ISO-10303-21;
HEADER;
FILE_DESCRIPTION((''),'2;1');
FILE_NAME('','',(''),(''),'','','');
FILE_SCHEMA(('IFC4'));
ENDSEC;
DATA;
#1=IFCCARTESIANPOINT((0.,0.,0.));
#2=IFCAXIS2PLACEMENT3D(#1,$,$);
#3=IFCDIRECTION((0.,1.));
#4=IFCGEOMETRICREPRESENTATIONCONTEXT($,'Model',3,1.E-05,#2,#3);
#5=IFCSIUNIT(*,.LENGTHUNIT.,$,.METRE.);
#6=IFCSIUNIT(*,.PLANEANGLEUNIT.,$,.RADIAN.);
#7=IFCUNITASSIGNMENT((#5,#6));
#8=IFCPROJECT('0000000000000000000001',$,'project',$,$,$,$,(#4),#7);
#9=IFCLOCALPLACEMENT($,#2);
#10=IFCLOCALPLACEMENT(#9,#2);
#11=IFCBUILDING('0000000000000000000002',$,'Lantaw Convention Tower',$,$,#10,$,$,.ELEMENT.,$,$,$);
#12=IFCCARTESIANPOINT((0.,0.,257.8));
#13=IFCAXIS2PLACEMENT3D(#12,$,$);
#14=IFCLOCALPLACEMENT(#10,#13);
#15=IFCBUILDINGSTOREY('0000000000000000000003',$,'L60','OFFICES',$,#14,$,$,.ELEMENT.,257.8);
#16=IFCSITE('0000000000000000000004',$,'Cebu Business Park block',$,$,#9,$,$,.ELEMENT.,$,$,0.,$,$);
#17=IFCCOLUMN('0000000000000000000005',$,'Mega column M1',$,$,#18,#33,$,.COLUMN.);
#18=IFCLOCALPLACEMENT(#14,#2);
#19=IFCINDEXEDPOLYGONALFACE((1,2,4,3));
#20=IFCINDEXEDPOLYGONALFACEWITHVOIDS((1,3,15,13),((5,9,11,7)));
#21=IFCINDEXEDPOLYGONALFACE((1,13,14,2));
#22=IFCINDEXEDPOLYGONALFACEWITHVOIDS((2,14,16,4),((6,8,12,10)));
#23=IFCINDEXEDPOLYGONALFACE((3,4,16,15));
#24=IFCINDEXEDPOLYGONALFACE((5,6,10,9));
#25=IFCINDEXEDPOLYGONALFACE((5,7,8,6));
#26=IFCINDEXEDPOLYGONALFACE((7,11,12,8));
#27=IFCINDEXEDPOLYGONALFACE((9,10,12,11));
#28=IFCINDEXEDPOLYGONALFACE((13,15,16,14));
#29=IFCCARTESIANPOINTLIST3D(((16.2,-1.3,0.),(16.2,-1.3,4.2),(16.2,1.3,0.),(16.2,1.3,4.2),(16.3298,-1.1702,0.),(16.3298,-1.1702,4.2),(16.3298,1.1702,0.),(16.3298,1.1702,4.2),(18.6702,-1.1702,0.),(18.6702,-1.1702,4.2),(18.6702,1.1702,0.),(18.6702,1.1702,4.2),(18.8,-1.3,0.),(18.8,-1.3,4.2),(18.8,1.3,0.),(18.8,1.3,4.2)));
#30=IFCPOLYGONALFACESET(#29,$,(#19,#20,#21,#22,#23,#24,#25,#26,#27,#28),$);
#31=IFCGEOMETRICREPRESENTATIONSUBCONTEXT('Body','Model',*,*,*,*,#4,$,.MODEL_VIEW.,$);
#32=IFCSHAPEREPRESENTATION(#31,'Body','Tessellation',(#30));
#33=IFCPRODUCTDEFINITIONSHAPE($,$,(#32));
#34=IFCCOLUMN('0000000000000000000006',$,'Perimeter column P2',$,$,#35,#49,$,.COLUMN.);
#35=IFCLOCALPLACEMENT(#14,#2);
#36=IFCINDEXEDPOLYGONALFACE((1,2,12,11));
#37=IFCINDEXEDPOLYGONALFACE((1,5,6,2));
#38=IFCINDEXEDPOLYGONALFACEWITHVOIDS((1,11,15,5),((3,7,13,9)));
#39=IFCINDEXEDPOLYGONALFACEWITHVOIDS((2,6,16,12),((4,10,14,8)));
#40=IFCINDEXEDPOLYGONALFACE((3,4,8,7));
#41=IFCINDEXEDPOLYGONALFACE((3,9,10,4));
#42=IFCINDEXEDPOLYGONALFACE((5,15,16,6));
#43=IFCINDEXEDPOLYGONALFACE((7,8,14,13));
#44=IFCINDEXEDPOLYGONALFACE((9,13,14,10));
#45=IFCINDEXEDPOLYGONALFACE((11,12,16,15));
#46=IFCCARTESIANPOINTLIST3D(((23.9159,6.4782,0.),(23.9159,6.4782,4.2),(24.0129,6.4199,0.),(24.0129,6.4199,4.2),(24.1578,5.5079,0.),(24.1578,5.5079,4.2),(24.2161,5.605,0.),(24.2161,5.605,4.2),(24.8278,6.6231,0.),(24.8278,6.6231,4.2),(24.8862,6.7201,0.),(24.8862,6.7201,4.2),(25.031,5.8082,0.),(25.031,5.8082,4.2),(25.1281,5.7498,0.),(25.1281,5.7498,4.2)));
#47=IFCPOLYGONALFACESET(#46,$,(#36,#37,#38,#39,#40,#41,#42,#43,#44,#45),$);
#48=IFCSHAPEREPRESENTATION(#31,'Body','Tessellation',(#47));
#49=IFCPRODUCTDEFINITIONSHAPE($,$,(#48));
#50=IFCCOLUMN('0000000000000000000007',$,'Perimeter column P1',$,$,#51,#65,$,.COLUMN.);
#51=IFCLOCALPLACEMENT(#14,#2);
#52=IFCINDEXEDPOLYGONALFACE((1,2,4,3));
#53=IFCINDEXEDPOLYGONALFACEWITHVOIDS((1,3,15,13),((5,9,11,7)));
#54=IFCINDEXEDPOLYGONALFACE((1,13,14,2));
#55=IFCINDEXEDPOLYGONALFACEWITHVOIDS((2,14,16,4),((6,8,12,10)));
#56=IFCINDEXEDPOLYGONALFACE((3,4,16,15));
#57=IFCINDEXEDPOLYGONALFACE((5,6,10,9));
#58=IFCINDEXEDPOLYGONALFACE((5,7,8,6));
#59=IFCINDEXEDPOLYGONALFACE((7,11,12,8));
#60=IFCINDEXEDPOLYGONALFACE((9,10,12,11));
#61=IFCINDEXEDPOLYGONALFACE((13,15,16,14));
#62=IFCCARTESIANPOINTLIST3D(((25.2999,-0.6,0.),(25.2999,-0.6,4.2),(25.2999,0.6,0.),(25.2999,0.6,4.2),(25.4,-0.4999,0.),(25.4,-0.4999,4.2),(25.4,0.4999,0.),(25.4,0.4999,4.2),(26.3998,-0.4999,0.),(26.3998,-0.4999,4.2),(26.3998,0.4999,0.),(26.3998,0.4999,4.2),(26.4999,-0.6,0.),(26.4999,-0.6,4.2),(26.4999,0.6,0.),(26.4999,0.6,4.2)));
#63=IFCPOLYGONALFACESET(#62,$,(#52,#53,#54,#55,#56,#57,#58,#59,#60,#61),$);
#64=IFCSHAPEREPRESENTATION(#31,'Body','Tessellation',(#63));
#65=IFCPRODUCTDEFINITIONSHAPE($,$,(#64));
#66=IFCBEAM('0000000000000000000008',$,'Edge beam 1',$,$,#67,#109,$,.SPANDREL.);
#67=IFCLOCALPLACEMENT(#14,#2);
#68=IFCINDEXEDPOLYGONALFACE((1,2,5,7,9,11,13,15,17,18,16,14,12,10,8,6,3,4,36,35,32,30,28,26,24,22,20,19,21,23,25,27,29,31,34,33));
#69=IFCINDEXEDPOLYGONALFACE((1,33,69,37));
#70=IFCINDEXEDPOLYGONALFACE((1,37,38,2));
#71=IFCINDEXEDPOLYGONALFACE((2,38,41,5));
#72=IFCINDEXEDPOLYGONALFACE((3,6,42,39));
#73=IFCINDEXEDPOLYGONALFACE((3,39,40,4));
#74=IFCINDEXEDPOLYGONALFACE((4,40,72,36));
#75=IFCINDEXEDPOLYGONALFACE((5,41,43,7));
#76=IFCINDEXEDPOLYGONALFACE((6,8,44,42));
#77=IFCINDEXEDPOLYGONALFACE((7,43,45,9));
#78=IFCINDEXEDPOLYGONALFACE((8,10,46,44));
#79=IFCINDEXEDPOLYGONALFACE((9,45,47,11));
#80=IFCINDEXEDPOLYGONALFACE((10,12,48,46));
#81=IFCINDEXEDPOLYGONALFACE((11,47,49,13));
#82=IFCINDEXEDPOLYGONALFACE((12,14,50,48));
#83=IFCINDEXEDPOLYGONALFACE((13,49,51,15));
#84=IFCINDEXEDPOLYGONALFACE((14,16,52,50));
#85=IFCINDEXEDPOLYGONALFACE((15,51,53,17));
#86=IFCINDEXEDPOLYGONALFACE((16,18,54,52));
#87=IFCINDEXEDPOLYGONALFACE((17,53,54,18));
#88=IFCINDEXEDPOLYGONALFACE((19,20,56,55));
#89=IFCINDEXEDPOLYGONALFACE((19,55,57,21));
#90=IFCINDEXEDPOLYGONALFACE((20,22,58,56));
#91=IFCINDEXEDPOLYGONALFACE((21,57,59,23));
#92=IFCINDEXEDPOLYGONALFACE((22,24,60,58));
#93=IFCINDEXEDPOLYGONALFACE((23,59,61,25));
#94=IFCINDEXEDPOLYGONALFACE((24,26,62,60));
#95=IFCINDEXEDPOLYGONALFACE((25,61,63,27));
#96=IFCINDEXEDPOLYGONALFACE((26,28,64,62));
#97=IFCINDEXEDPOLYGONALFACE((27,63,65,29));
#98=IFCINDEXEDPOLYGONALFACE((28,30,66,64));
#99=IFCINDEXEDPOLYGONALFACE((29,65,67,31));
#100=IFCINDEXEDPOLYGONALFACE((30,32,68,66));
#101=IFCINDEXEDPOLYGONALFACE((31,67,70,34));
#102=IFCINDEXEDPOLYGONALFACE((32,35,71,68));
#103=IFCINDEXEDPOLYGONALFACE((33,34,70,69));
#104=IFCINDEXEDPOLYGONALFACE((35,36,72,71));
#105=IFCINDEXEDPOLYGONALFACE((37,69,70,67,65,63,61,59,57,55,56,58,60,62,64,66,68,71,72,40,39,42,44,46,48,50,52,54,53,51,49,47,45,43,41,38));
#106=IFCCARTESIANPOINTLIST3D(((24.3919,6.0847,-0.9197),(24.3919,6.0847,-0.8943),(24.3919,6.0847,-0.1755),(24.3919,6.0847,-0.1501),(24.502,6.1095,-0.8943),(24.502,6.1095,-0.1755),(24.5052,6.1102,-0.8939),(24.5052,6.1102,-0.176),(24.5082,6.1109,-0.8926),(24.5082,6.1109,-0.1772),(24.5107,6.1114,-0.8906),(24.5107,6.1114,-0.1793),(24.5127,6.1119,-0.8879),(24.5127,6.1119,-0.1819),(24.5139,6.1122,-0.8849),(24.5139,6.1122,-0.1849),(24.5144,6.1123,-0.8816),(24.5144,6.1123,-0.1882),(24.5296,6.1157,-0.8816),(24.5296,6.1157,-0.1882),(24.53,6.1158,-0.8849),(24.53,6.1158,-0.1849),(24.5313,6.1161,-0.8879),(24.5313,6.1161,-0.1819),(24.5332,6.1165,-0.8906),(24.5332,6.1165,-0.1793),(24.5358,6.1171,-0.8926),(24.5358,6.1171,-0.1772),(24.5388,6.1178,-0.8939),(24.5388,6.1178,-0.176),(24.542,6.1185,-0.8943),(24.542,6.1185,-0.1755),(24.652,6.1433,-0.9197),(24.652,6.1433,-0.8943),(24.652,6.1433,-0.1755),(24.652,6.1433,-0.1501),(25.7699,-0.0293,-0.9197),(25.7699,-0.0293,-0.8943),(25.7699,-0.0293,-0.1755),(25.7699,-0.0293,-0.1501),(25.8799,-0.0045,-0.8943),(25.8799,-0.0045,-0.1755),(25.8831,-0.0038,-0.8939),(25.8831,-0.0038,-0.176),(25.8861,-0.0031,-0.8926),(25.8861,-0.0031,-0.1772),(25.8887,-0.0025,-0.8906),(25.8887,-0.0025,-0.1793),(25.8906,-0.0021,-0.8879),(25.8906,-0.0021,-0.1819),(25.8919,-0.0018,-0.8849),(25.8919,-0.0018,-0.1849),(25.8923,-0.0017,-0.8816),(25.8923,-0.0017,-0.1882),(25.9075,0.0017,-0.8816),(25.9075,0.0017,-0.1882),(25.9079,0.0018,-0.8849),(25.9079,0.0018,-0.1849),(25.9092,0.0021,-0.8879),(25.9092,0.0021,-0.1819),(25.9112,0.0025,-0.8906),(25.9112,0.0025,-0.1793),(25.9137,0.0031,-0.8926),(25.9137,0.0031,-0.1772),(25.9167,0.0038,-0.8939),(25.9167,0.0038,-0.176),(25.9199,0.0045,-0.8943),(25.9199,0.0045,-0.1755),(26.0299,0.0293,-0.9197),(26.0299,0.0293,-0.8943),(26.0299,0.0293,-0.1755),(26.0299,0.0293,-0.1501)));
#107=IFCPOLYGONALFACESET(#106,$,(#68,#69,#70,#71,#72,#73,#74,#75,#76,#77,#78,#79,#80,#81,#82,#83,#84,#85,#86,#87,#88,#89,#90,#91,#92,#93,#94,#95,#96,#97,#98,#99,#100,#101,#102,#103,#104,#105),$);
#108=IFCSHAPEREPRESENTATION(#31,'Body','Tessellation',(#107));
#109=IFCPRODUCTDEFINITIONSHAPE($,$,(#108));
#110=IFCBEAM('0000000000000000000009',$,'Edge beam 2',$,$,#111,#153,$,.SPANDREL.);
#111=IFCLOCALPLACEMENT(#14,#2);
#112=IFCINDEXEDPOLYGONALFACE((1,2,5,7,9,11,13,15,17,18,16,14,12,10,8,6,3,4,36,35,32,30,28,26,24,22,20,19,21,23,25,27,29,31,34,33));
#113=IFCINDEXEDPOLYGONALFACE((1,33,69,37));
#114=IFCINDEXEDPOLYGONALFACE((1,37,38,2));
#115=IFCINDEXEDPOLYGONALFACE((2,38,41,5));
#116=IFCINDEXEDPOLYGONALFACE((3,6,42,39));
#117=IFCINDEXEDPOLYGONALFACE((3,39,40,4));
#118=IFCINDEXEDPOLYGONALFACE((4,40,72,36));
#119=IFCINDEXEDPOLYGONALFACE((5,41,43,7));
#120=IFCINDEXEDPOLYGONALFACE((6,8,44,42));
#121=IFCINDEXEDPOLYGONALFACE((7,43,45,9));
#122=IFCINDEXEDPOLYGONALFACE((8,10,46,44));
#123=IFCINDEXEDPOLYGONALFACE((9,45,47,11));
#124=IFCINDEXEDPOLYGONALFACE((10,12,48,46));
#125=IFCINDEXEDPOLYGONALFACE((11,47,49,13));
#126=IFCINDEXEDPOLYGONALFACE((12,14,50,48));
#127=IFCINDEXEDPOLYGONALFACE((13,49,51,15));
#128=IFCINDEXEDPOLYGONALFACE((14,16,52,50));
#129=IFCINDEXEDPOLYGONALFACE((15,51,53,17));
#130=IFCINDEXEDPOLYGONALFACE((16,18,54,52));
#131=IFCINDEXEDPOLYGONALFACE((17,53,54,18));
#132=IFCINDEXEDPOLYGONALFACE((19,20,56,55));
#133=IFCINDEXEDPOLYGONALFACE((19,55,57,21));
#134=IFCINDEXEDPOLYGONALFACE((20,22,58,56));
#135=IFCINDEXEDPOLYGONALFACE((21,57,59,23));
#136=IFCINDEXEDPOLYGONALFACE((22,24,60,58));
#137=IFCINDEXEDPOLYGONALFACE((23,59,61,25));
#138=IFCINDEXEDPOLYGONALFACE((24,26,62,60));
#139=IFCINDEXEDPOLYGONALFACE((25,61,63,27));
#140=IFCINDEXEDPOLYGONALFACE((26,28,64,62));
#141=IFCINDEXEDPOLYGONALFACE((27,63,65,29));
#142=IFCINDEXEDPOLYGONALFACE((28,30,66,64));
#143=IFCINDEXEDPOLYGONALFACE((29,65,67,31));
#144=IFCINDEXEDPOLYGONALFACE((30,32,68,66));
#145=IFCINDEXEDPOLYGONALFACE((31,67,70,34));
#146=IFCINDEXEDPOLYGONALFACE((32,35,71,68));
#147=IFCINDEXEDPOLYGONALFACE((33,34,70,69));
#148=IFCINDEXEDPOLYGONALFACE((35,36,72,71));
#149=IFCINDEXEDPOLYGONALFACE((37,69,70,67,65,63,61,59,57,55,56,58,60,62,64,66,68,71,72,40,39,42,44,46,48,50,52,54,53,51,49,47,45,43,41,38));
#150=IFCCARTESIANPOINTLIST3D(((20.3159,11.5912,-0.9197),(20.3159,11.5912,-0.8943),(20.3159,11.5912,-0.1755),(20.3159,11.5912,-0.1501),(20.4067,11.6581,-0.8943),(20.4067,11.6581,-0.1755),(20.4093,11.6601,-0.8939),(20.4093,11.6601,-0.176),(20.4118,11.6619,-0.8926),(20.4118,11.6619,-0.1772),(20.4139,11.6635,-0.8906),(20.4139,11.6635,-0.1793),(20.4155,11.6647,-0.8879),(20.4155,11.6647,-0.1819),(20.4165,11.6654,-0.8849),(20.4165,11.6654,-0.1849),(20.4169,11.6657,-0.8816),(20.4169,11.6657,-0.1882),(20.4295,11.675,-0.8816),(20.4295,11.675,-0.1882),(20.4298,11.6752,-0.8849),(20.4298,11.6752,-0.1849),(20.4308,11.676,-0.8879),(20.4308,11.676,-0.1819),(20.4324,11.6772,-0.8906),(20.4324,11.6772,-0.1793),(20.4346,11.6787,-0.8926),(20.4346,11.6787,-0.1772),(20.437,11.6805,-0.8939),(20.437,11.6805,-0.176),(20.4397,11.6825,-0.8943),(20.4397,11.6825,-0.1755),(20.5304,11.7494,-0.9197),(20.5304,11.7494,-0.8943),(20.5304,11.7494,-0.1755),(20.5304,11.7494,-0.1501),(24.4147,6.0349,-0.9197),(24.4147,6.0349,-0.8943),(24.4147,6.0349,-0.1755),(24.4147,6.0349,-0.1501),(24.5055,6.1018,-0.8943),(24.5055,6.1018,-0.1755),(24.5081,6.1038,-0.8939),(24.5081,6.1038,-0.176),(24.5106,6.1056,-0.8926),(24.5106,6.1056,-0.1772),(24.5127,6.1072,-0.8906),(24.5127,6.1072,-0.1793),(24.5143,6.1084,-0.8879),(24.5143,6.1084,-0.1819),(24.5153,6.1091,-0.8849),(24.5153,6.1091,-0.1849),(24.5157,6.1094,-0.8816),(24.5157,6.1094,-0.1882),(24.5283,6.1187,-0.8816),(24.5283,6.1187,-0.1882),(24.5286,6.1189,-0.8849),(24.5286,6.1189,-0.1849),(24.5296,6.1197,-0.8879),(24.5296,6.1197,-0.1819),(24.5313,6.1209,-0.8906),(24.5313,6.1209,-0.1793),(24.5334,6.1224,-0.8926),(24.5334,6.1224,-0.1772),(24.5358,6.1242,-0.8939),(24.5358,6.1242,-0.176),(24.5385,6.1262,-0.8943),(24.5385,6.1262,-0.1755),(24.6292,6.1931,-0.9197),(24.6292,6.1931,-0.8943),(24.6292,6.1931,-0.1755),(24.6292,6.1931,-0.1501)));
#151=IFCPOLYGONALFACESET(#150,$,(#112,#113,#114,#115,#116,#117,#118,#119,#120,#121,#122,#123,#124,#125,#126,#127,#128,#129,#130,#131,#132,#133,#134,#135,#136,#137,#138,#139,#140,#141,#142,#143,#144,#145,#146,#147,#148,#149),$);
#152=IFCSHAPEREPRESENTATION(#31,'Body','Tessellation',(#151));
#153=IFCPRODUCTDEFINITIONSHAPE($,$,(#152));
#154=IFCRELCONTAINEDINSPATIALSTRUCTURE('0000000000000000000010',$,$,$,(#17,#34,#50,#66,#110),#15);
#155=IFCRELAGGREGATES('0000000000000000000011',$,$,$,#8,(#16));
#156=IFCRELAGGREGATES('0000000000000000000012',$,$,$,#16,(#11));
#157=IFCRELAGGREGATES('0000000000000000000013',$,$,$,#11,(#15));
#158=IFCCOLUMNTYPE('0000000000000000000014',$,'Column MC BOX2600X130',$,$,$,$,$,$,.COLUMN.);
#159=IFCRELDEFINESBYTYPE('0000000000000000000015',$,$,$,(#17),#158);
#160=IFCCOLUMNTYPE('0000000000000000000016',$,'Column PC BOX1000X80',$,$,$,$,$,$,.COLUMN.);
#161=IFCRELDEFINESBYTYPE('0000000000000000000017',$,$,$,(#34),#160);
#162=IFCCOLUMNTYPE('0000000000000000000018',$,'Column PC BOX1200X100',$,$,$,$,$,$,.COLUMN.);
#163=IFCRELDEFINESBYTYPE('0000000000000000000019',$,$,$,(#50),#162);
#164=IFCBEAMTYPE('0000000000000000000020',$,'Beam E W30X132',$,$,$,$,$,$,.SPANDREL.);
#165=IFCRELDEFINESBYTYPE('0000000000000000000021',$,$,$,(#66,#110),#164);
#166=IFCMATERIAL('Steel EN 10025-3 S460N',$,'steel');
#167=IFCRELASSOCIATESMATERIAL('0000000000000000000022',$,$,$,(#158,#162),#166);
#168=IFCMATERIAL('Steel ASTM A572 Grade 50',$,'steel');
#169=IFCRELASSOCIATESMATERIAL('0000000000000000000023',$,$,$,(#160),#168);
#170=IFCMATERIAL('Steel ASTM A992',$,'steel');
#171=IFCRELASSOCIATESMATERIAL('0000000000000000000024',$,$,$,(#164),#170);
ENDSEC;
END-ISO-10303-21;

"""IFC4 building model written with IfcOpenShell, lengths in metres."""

from ifc_helpers import new_model, si_unit, direction, frame, origin, origin_2d, place, context, subcontext, project, spatial, rectangle, hollow_rectangle, i_section, extrude, material, material_profile, profile_set, type_object, element, save


model = new_model("IFC4")

# Units and contexts
model_context = context("Model", 3, precision=1e-05, world=origin(), true_north=direction((0.0, 1.0)))
body_context = subcontext(model_context, "Body", "Model", "MODEL_VIEW")
ifc_project = project(units=[si_unit("LENGTHUNIT", "METRE"), si_unit("PLANEANGLEUNIT", "RADIAN")], contexts=[model_context])

# Site, building, storey
site_placement = place(None, origin())
site = spatial("IfcSite", under=ifc_project, at=site_placement, Name="Cebu Business Park block", CompositionType="ELEMENT", RefElevation=0.0)
building_placement = place(site_placement, origin())
building = spatial("IfcBuilding", under=site, at=building_placement, Name="Lantaw Convention Tower", CompositionType="ELEMENT")
storey_placement = place(building_placement, frame((0.0, 0.0, 257.8)))
storey = spatial("IfcBuildingStorey", under=building, at=storey_placement, Name="L60", Description="OFFICES", CompositionType="ELEMENT", Elevation=257.8)

# Columns
ifc_material_1 = material(Name="Steel EN 10025-3 S460N", Category="steel")
ifc_material_profile_1 = material_profile(ifc_material_1, hollow_rectangle(XDim=2.6001, YDim=2.6001, WallThickness=0.1299, at=origin_2d()), Name="BOX2600X130")
ifc_material_2 = material(Name="Concrete C60/75", Category="concrete")
ifc_material_profile_2 = material_profile(ifc_material_2, rectangle(XDim=2.3401, YDim=2.3401, at=origin_2d()), Name="Concrete fill of BOX2600X130")
ifc_profile_set_1 = profile_set([ifc_material_profile_1, ifc_material_profile_2], Name="Steel EN 10025-3 S460N")
column_type_1 = type_object("IfcColumnType", Name="Column MC BOX2600X130", PredefinedType="COLUMN", material=ifc_profile_set_1)
column_1_placement = place(storey_placement, frame((17.5, 0.0, 0.0), z_axis=(0.0, 0.0, 1.0), x_axis=(1.0, 0.0, 0.0)))
element("IfcColumn", 1, at=column_1_placement, inside=storey, type_object=column_type_1, Name="Mega column M1", PredefinedType="COLUMN", context=body_context, shape_type="SweptSolid", body=[
    extrude(hollow_rectangle(XDim=2.6001, YDim=2.6001, WallThickness=0.1299, at=origin_2d()), origin(), (0.0, 0.0, 1.0), 4.2),
])
ifc_material_3 = material(Name="Steel ASTM A572 Grade 50", Category="steel")
ifc_material_profile_3 = material_profile(ifc_material_3, hollow_rectangle(XDim=1.0, YDim=1.0, WallThickness=0.0801, at=origin_2d()), Name="BOX1000X80")
ifc_material_profile_4 = material_profile(ifc_material_2, rectangle(XDim=0.8401, YDim=0.8401, at=origin_2d()), Name="Concrete fill of BOX1000X80")
ifc_profile_set_2 = profile_set([ifc_material_profile_3, ifc_material_profile_4], Name="Steel ASTM A572 Grade 50")
column_type_2 = type_object("IfcColumnType", Name="Column PC BOX1000X80", PredefinedType="COLUMN", material=ifc_profile_set_2)
column_2_placement = place(storey_placement, frame((24.522, 6.114, 0.0), z_axis=(0.0, 0.0, 1.0), x_axis=(0.970296, 0.241922, 0.0)))
element("IfcColumn", 2, at=column_2_placement, inside=storey, type_object=column_type_2, Name="Perimeter column P2", PredefinedType="COLUMN", context=body_context, shape_type="SweptSolid", body=[
    extrude(hollow_rectangle(XDim=1.0, YDim=1.0, WallThickness=0.0801, at=origin_2d()), origin(), (0.0, 0.0, 1.0), 4.2),
])
ifc_material_profile_5 = material_profile(ifc_material_1, hollow_rectangle(XDim=1.2, YDim=1.2, WallThickness=0.1001, at=origin_2d()), Name="BOX1200X100")
ifc_material_profile_6 = material_profile(ifc_material_2, rectangle(XDim=1.0, YDim=1.0, at=origin_2d()), Name="Concrete fill of BOX1200X100")
ifc_profile_set_3 = profile_set([ifc_material_profile_5, ifc_material_profile_6], Name="Steel EN 10025-3 S460N")
column_type_3 = type_object("IfcColumnType", Name="Column PC BOX1200X100", PredefinedType="COLUMN", material=ifc_profile_set_3)
column_3_placement = place(storey_placement, frame((25.8999, 0.0, 0.0), z_axis=(0.0, 0.0, 1.0), x_axis=(1.0, 0.0, 0.0)))
element("IfcColumn", 3, at=column_3_placement, inside=storey, type_object=column_type_3, Name="Perimeter column P1", PredefinedType="COLUMN", context=body_context, shape_type="SweptSolid", body=[
    extrude(hollow_rectangle(XDim=1.2, YDim=1.2, WallThickness=0.1001, at=origin_2d()), origin(), (0.0, 0.0, 1.0), 4.2),
])

# Beams
ifc_material_4 = material(Name="Steel ASTM A992", Category="steel")
ifc_material_profile_7 = material_profile(ifc_material_4, i_section(OverallWidth=0.2666, OverallDepth=0.7695, WebThickness=0.0156, FlangeThickness=0.0254, FilletRadius=0.0127, at=origin_2d()), Name="W30X132")
ifc_profile_set_4 = profile_set([ifc_material_profile_7], Name="Steel ASTM A992")
beam_type_1 = type_object("IfcBeamType", Name="Beam E W30X132", PredefinedType="SPANDREL", material=ifc_profile_set_4)
beam_1_placement = place(storey_placement, frame((25.8999, 0.0, -0.5349), z_axis=(-0.219858, 0.975532, 0.0), x_axis=(-0.975532, -0.219858, 0.0)))
element("IfcBeam", 4, at=beam_1_placement, inside=storey, type_object=beam_type_1, Name="Edge beam 1", PredefinedType="SPANDREL", context=body_context, shape_type="SweptSolid", body=[
    extrude(i_section(OverallWidth=0.2666, OverallDepth=0.7695, WebThickness=0.0156, FlangeThickness=0.0254, FilletRadius=0.0127, at=origin_2d()), origin(), (0.0, 0.0, 1.0), 6.2673),
])
beam_2_placement = place(storey_placement, frame((24.522, 6.114, -0.5349), z_axis=(-0.593639, 0.804731, 0.0), x_axis=(-0.804731, -0.593639, 0.0)))
element("IfcBeam", 5, at=beam_2_placement, inside=storey, type_object=beam_type_1, Name="Edge beam 2", PredefinedType="SPANDREL", context=body_context, shape_type="SweptSolid", body=[
    extrude(i_section(OverallWidth=0.2666, OverallDepth=0.7695, WebThickness=0.0156, FlangeThickness=0.0254, FilletRadius=0.0127, at=origin_2d()), origin(), (0.0, 0.0, 1.0), 6.9045),
])

save(model, "model.ifc")
